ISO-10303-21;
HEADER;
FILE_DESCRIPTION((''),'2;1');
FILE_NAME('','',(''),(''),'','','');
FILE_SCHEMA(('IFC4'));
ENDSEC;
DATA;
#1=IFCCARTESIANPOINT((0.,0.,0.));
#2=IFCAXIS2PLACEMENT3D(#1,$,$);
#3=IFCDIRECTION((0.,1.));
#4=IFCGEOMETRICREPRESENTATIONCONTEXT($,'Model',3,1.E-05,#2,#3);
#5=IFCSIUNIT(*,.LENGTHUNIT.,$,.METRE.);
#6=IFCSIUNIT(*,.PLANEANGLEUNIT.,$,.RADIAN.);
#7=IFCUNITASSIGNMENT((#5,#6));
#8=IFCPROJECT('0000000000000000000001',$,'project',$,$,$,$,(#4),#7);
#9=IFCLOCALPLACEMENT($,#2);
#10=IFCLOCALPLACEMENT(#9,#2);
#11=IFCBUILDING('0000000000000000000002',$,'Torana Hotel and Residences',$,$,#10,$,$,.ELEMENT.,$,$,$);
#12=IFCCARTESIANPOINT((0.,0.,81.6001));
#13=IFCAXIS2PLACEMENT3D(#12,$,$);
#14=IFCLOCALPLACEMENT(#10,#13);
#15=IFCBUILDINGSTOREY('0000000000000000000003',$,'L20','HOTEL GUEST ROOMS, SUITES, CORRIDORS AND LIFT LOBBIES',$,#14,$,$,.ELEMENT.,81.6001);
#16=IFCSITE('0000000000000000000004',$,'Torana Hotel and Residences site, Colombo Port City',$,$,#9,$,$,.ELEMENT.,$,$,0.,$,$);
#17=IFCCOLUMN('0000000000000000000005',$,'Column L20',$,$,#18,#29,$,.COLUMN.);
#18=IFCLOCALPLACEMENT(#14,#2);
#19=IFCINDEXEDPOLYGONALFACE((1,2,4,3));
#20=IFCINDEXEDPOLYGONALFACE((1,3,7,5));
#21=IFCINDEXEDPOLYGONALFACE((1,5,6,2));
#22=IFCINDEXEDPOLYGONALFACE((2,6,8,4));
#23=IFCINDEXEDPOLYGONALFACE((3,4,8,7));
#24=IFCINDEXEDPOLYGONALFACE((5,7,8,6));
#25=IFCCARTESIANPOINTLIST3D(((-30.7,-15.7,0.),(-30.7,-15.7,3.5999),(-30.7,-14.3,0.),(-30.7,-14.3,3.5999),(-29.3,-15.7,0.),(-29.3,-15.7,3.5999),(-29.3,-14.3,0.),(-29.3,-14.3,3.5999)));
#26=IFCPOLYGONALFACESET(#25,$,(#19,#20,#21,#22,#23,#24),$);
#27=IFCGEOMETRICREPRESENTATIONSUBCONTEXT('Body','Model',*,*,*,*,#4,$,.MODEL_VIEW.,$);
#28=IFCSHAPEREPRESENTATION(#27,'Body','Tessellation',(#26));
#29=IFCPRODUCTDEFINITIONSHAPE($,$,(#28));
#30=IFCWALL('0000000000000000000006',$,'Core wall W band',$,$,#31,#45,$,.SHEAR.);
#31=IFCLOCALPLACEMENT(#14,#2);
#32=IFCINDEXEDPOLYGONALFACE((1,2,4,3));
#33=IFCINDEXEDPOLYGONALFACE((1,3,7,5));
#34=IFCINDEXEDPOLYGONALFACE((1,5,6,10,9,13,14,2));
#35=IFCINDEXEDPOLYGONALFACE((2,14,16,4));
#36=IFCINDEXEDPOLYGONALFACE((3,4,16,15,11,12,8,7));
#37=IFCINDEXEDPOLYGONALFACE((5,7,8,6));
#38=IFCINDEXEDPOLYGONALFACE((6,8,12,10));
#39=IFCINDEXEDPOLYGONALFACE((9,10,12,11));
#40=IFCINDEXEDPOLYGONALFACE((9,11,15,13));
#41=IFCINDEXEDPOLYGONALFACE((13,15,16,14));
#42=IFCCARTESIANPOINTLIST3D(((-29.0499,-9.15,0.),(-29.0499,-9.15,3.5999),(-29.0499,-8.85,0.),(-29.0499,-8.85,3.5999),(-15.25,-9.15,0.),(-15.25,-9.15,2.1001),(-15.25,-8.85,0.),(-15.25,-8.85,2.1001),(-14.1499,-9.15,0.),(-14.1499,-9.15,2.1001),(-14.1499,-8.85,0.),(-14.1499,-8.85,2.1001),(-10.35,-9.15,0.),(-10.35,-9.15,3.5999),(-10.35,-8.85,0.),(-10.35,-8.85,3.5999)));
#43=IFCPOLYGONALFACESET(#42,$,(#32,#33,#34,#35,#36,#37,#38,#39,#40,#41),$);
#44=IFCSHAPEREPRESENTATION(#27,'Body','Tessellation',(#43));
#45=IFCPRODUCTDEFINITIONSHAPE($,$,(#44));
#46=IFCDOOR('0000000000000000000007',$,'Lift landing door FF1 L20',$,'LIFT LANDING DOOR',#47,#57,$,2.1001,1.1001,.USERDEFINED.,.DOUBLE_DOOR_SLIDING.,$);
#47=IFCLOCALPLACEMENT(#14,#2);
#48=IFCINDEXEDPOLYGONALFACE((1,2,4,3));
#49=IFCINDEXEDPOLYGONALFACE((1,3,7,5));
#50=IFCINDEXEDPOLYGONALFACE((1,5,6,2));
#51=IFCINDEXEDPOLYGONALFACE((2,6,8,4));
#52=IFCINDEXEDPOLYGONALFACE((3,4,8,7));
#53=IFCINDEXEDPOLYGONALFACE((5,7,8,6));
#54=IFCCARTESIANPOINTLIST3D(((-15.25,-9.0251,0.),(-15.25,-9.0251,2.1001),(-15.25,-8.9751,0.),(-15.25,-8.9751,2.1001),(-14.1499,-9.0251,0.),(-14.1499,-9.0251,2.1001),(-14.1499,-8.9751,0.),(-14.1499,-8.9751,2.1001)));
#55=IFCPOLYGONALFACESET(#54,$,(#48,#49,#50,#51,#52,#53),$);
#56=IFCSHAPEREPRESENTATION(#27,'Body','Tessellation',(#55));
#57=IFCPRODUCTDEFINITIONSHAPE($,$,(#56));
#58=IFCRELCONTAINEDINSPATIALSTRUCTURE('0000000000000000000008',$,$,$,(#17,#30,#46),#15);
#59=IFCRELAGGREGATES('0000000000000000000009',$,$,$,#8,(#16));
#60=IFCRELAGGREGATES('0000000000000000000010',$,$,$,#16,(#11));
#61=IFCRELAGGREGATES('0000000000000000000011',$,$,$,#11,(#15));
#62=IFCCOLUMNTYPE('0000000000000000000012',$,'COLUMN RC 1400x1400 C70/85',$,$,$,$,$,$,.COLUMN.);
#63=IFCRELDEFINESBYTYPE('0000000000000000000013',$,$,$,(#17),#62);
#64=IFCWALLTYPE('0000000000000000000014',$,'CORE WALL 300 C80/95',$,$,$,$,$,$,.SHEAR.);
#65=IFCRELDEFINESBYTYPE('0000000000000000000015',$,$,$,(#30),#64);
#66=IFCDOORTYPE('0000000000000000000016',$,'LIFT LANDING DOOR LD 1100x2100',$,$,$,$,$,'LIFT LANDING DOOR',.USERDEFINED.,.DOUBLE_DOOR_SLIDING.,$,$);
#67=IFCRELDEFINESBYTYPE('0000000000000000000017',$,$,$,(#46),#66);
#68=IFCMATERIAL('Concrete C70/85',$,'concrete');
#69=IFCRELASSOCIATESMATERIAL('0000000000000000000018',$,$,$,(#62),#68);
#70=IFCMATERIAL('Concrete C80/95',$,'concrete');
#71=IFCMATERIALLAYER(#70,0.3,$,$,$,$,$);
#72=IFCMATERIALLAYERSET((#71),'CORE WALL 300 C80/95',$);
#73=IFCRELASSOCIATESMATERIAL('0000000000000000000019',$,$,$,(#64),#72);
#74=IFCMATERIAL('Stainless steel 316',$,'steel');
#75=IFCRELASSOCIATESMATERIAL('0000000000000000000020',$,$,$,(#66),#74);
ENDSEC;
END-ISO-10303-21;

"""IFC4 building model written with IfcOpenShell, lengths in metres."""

from ifc_helpers import new_model, si_unit, direction, frame, frame_2d, origin, origin_2d, place, context, subcontext, project, spatial, rectangle, extrude, material, layer, layer_set, material_profile, profile_set, type_object, element, fill, save


model = new_model("IFC4")

# Units and contexts
model_context = context("Model", 3, precision=1e-05, world=origin(), true_north=direction((0.0, 1.0)))
body_context = subcontext(model_context, "Body", "Model", "MODEL_VIEW")
ifc_project = project(units=[si_unit("LENGTHUNIT", "METRE"), si_unit("PLANEANGLEUNIT", "RADIAN")], contexts=[model_context])

# Site, building, storey
site_placement = place(None, origin())
site = spatial("IfcSite", under=ifc_project, at=site_placement, Name="Torana Hotel and Residences site, Colombo Port City", CompositionType="ELEMENT", RefElevation=0.0)
building_placement = place(site_placement, origin())
building = spatial("IfcBuilding", under=site, at=building_placement, Name="Torana Hotel and Residences", CompositionType="ELEMENT")
storey_placement = place(building_placement, frame((0.0, 0.0, 81.6001)))
storey = spatial("IfcBuildingStorey", under=building, at=storey_placement, Name="L20", Description="HOTEL GUEST ROOMS, SUITES, CORRIDORS AND LIFT LOBBIES", CompositionType="ELEMENT", Elevation=81.6001)

# Column
ifc_material_1 = material(Name="Concrete C70/85", Category="concrete")
ifc_material_profile = material_profile(ifc_material_1, rectangle(XDim=1.3999, YDim=1.3999, at=origin_2d()), Name="RC 1400x1400")
ifc_profile_set = profile_set([ifc_material_profile], Name="Concrete C70/85")
column_type = type_object("IfcColumnType", Name="COLUMN RC 1400x1400 C70/85", PredefinedType="COLUMN", material=ifc_profile_set)
column_placement = place(storey_placement, frame((-30.0, -15.0, 0.0), z_axis=(0.0, 0.0, 1.0), x_axis=(1.0, 0.0, 0.0)))
element("IfcColumn", 1, at=column_placement, inside=storey, type_object=column_type, Name="Column L20", PredefinedType="COLUMN", context=body_context, shape_type="SweptSolid", body=[
    extrude(rectangle(XDim=1.3999, YDim=1.3999, at=origin_2d()), origin(), (0.0, 0.0, 1.0), 3.5999),
])

# Wall, opening, door
ifc_material_2 = material(Name="Concrete C80/95", Category="concrete")
ifc_layer_1 = layer(ifc_material_2, 0.3)
ifc_layer_set_1 = layer_set([ifc_layer_1], Name="CORE WALL 300 C80/95")
wall_type_1 = type_object("IfcWallType", Name="CORE WALL 300 C80/95", PredefinedType="SHEAR", material=ifc_layer_set_1)
wall_1_placement = place(storey_placement, frame((-29.05, -9.0, 0.0), z_axis=(0.0, 0.0, 1.0), x_axis=(1.0, 0.0, 0.0)))
wall_1 = element("IfcWall", 2, at=wall_1_placement, inside=storey, type_object=wall_type_1, Name="Core wall W band", PredefinedType="SHEAR", context=body_context, shape_type="SweptSolid", body=[
    extrude(rectangle(XDim=18.7, YDim=0.3, at=frame_2d((9.3501, 0.0))), origin(), (0.0, 0.0, 1.0), 3.5999),
])
opening_1_placement = place(wall_1_placement, frame((13.8, 0.0, 0.0)))
opening_1 = element("IfcOpeningElement", 3, at=opening_1_placement, cuts=wall_1, PredefinedType="OPENING", context=body_context, shape_type="SweptSolid", body=[
    extrude(rectangle(XDim=1.1001, YDim=2.1001, at=frame_2d((0.55, 1.05))), frame((0.0, 0.1599, 0.0), z_axis=(0.0, -1.0, 0.0), x_axis=(1.0, 0.0, 0.0)), (0.0, 0.0, 1.0), 0.3201),
])
ifc_material_3 = material(Name="Stainless steel 316", Category="steel")
door_type_1 = type_object("IfcDoorType", Name="LIFT LANDING DOOR LD 1100x2100", ElementType="LIFT LANDING DOOR", OperationType="DOUBLE_DOOR_SLIDING", PredefinedType="USERDEFINED", material=ifc_material_3)
door_1_placement = place(opening_1_placement, origin())
door_1 = element("IfcDoor", 4, at=door_1_placement, inside=storey, type_object=door_type_1, Name="Lift landing door FF1 L20", ObjectType="LIFT LANDING DOOR", OperationType="DOUBLE_DOOR_SLIDING", OverallHeight=2.1001, OverallWidth=1.1001, PredefinedType="USERDEFINED", context=body_context, shape_type="SweptSolid", body=[
    extrude(rectangle(XDim=1.1001, YDim=2.1001, at=frame_2d((0.55, 1.05))), frame((0.0, 0.0249, 0.0), z_axis=(0.0, -1.0, 0.0), x_axis=(1.0, 0.0, 0.0)), (0.0, 0.0, 1.0), 0.05),
])
fill(opening_1, door_1)

save(model, "model.ifc")
